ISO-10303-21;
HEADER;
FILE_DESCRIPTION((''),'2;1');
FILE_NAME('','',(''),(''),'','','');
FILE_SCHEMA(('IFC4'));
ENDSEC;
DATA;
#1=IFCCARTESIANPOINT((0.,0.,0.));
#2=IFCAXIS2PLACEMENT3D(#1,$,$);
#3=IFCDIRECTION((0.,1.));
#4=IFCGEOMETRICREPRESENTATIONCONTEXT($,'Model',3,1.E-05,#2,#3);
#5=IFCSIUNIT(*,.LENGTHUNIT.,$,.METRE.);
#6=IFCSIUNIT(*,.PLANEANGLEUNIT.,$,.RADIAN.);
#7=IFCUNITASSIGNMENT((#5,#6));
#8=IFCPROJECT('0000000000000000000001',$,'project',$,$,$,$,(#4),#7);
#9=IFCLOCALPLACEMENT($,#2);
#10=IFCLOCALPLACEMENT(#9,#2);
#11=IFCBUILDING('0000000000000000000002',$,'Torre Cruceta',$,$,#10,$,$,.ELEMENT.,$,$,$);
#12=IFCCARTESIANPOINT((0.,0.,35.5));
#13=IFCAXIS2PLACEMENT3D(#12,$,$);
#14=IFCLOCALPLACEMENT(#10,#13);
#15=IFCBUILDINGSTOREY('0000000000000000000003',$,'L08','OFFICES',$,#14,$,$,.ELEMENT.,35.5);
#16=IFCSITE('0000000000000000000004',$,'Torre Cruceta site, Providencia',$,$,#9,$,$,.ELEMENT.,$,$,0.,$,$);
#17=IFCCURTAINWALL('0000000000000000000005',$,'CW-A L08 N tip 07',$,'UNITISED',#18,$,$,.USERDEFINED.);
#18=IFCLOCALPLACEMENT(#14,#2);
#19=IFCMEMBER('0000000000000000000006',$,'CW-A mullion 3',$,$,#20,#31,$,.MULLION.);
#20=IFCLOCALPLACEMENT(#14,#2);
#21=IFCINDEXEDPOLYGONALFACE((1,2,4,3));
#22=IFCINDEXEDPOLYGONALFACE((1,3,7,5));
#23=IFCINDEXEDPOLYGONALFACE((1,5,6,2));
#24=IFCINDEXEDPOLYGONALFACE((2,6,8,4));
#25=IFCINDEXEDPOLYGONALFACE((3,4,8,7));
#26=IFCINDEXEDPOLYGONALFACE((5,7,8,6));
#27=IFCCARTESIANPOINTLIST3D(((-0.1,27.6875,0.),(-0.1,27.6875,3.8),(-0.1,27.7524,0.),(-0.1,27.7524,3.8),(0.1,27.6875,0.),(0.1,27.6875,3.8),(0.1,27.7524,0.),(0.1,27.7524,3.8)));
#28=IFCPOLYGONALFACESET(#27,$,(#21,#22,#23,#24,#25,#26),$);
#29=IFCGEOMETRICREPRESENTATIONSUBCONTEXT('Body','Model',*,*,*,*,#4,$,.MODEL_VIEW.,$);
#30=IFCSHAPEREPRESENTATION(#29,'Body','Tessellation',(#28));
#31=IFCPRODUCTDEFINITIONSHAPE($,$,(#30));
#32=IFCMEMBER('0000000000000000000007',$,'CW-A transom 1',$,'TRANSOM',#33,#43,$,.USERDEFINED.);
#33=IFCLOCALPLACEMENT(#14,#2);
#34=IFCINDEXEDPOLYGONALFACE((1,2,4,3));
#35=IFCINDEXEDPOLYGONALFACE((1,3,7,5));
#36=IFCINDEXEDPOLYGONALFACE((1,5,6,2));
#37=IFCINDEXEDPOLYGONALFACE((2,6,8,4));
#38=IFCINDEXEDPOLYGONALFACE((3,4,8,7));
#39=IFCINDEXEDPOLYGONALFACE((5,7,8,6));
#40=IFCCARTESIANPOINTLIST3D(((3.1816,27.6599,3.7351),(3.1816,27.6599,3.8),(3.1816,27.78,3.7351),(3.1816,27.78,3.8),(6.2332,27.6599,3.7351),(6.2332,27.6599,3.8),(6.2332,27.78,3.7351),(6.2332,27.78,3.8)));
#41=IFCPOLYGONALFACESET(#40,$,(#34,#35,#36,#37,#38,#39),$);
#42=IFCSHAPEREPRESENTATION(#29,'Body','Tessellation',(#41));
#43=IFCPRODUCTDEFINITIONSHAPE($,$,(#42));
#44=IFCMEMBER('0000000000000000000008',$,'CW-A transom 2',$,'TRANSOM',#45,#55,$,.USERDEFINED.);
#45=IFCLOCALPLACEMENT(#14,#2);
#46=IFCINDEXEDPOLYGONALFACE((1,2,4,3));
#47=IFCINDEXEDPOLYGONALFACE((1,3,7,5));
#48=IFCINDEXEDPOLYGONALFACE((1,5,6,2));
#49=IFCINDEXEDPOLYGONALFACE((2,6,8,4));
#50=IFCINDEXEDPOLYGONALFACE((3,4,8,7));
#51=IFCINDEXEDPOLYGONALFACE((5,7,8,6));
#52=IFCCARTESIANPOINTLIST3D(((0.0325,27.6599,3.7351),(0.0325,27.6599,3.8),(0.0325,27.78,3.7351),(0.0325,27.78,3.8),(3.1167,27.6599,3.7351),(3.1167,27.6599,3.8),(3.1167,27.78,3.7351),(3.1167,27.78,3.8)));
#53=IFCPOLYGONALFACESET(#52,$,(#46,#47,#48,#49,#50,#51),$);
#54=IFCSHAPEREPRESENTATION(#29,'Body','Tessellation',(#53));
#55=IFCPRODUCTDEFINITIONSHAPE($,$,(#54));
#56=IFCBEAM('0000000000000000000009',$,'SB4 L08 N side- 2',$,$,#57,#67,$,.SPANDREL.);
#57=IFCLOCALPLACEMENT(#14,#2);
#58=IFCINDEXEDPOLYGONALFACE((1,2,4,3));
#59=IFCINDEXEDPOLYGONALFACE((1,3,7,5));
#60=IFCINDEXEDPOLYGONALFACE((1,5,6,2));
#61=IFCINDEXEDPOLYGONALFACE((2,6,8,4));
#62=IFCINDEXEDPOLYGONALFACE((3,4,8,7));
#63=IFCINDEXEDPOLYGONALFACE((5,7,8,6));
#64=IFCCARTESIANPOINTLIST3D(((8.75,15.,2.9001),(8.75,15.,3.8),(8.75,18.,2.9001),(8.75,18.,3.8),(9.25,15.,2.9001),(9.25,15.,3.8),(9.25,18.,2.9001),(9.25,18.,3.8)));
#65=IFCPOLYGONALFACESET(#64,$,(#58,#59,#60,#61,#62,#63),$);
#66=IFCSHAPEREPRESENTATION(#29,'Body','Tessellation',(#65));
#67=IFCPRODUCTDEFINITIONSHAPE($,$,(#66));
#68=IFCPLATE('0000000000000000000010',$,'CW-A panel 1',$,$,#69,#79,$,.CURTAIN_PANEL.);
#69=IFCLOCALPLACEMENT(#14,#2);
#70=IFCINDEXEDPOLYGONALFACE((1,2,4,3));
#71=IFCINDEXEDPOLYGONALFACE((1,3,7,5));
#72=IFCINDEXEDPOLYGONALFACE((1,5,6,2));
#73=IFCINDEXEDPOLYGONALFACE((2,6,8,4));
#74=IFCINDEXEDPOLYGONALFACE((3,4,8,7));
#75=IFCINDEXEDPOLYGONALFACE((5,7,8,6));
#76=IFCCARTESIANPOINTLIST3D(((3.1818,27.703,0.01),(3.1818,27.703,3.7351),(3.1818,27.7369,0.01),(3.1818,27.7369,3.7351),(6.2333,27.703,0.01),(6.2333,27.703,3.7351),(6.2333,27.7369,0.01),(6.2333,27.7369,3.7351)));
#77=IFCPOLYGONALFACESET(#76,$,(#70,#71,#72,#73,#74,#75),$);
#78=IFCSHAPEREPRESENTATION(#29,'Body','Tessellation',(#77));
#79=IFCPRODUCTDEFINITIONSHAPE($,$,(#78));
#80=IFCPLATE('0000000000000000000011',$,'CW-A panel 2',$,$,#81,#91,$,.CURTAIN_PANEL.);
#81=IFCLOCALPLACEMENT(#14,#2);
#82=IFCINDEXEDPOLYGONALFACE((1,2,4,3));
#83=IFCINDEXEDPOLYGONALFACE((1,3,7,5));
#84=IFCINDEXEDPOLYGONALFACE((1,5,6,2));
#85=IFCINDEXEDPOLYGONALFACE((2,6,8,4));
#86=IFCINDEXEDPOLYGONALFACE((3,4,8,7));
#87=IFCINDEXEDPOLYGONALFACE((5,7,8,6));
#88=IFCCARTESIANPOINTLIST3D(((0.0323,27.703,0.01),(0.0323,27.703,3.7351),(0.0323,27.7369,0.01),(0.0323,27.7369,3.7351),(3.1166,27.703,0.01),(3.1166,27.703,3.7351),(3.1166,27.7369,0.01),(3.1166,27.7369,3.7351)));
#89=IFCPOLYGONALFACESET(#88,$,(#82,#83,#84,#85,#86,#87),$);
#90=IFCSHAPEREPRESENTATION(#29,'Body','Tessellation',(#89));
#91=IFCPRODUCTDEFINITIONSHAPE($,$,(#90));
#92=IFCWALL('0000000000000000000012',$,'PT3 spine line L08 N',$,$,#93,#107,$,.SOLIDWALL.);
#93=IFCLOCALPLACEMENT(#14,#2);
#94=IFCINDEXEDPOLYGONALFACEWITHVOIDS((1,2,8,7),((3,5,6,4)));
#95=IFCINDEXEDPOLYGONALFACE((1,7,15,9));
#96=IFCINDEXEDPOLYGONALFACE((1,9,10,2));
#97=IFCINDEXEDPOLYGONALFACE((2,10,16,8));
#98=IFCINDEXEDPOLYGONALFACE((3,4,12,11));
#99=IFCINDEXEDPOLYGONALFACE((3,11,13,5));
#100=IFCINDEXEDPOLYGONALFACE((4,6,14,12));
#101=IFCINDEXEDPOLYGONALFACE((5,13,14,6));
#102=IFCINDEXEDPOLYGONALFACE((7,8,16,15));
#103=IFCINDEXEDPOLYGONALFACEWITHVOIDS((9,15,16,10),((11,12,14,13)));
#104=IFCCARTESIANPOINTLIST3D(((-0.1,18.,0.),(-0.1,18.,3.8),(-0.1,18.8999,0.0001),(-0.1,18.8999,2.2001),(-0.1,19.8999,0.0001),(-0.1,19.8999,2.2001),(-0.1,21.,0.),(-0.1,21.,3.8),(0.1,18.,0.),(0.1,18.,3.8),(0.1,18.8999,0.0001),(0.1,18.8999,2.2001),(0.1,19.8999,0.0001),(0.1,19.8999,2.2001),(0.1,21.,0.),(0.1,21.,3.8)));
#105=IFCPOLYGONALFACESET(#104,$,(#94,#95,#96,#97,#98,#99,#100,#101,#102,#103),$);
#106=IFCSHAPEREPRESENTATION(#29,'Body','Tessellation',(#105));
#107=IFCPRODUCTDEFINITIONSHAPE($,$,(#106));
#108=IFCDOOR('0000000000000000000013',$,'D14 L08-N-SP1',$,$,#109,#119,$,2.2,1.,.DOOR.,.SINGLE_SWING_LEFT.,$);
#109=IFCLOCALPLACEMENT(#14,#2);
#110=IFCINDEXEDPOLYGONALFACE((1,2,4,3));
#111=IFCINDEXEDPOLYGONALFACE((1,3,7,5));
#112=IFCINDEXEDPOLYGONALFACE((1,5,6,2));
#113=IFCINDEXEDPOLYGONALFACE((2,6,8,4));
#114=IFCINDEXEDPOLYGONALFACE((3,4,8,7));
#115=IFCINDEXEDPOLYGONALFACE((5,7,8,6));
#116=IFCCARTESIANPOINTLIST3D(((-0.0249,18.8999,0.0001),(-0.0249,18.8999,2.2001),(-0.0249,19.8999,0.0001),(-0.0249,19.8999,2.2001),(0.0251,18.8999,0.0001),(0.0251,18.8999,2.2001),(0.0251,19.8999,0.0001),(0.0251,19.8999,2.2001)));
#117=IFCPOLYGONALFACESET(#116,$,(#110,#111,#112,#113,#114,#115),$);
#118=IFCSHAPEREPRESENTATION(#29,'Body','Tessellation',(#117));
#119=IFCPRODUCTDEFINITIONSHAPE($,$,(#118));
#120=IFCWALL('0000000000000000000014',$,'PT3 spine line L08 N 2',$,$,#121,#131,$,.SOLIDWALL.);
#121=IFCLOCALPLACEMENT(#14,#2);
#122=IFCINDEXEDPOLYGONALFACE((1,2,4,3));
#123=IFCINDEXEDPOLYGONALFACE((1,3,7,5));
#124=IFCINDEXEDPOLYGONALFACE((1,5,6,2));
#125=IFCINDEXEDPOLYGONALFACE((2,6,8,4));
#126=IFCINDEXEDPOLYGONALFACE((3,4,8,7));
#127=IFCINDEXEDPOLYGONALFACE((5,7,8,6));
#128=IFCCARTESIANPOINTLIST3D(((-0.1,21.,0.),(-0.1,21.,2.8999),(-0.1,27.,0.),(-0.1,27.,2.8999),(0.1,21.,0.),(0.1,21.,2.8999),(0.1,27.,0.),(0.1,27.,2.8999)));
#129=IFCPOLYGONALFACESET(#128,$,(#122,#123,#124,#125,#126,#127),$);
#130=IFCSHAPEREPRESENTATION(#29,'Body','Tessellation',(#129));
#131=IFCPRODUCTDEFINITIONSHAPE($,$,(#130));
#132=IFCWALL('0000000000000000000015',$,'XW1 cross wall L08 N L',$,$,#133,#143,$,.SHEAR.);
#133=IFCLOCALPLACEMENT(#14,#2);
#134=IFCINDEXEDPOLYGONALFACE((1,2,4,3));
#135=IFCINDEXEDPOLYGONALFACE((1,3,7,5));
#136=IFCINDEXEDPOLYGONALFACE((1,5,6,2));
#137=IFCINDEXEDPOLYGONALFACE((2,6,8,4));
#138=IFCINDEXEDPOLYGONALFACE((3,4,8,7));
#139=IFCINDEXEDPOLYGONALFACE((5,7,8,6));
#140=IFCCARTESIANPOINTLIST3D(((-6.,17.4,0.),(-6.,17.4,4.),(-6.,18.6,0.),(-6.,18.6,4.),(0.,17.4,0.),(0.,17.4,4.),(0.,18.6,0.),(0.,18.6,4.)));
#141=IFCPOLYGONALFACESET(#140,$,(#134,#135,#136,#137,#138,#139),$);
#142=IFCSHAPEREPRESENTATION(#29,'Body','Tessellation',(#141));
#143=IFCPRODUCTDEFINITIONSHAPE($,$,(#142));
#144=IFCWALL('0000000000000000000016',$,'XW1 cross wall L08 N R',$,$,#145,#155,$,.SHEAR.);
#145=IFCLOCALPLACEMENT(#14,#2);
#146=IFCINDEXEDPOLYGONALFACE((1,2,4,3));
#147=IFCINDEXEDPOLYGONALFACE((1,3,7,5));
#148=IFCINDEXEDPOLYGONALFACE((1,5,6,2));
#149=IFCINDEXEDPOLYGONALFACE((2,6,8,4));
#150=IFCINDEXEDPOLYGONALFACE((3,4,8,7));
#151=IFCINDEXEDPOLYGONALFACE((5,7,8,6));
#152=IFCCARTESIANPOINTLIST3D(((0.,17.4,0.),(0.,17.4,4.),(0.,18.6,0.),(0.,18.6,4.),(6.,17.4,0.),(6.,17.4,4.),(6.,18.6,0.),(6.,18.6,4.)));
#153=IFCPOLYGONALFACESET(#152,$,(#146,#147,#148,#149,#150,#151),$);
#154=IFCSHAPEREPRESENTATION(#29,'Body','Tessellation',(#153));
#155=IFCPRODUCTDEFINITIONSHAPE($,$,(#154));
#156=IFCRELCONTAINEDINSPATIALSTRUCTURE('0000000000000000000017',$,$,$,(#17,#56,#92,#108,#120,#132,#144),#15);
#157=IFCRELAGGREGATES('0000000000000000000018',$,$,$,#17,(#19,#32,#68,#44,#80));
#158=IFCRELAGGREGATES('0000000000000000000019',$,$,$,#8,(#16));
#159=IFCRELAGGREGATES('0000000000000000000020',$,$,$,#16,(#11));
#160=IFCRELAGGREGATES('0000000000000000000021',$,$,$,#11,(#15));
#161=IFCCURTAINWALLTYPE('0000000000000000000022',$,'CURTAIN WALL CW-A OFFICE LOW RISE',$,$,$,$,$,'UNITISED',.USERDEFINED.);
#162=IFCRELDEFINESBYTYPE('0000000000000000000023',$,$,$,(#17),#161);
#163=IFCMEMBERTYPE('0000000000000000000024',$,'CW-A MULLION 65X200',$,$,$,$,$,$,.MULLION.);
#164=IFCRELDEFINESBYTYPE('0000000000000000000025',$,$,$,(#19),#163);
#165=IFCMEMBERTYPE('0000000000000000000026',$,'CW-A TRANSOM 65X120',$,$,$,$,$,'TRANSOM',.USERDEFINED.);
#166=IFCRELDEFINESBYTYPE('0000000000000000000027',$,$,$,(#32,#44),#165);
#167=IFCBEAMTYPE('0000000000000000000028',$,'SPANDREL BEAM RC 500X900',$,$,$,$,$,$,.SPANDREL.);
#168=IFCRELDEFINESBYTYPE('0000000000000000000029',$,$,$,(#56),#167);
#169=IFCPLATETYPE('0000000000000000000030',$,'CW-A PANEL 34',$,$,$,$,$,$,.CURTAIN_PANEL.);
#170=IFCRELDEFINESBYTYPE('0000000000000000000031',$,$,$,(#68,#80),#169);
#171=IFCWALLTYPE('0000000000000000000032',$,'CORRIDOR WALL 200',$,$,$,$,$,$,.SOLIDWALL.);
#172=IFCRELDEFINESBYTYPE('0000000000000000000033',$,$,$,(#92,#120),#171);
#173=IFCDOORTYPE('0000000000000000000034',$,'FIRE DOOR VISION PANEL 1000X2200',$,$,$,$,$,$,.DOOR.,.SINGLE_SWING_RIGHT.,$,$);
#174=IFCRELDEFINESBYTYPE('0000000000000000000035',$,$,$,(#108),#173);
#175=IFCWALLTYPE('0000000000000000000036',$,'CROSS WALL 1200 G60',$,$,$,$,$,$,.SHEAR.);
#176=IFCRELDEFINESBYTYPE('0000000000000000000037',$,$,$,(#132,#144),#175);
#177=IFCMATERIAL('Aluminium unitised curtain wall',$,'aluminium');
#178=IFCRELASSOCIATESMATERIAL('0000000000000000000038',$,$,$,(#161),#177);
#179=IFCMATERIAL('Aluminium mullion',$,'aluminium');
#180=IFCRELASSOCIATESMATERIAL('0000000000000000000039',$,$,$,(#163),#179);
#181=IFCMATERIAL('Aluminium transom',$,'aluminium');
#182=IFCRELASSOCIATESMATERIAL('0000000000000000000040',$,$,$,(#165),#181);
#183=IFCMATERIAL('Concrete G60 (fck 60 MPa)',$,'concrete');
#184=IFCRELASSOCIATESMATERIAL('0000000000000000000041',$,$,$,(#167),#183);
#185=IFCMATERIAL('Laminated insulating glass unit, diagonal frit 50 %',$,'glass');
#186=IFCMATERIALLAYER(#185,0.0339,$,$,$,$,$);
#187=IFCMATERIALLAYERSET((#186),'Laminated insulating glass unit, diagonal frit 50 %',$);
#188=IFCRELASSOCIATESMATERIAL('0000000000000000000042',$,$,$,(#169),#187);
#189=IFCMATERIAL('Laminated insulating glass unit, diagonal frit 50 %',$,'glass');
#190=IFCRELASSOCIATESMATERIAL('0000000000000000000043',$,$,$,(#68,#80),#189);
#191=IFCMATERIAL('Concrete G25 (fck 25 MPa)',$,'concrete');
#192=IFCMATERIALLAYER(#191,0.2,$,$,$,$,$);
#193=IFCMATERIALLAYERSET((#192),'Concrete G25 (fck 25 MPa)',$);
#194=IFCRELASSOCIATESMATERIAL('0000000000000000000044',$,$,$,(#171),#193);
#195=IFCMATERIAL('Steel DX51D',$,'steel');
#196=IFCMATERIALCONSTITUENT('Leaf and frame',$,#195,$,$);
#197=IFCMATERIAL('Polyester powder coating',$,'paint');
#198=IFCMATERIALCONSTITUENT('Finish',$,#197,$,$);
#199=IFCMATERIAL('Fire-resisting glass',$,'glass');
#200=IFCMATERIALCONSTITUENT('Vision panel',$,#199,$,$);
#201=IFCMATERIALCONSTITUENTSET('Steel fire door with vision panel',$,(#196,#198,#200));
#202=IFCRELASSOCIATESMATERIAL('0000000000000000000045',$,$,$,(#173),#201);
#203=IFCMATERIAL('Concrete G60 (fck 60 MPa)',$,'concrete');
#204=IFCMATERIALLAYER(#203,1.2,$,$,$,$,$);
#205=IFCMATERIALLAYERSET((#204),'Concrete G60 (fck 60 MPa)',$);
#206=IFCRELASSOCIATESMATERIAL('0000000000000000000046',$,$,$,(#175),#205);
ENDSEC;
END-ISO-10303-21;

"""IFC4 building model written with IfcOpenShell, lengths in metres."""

from ifc_helpers import new_model, si_unit, direction, frame, frame_2d, origin, origin_2d, place, context, subcontext, project, spatial, rectangle, extrude, material, layer, layer_set, constituent, constituent_set, material_profile, profile_set, type_object, element, fill, aggregate, save


model = new_model("IFC4")

# Units and contexts
model_context = context("Model", 3, precision=1e-05, world=origin(), true_north=direction((0.0, 1.0)))
body_context = subcontext(model_context, "Body", "Model", "MODEL_VIEW")
ifc_project = project(units=[si_unit("LENGTHUNIT", "METRE"), si_unit("PLANEANGLEUNIT", "RADIAN")], contexts=[model_context])

# Site, building, storey
site_placement = place(None, origin())
site = spatial("IfcSite", under=ifc_project, at=site_placement, Name="Torre Cruceta site, Providencia", CompositionType="ELEMENT", RefElevation=0.0)
building_placement = place(site_placement, origin())
building = spatial("IfcBuilding", under=site, at=building_placement, Name="Torre Cruceta", CompositionType="ELEMENT")
storey_placement = place(building_placement, frame((0.0, 0.0, 35.5)))
storey = spatial("IfcBuildingStorey", under=building, at=storey_placement, Name="L08", Description="OFFICES", CompositionType="ELEMENT", Elevation=35.5)

# Curtain wall, members
ifc_material_1 = material(Name="Aluminium unitised curtain wall", Category="aluminium")
curtain_wall_type = type_object("IfcCurtainWallType", Name="CURTAIN WALL CW-A OFFICE LOW RISE", ElementType="UNITISED", PredefinedType="USERDEFINED", material=ifc_material_1)
curtain_wall_placement = place(storey_placement, origin())
curtain_wall = element("IfcCurtainWall", 1, at=curtain_wall_placement, inside=storey, type_object=curtain_wall_type, Name="CW-A L08 N tip 07", ObjectType="UNITISED", PredefinedType="USERDEFINED")
ifc_material_2 = material(Name="Aluminium mullion", Category="aluminium")
ifc_material_profile_1 = material_profile(ifc_material_2, rectangle(XDim=0.0649, YDim=0.2, at=origin_2d()), Name="AL 65X200")
ifc_profile_set_1 = profile_set([ifc_material_profile_1], Name="Aluminium mullion")
member_type_1 = type_object("IfcMemberType", Name="CW-A MULLION 65X200", PredefinedType="MULLION", material=ifc_profile_set_1)
member_1_placement = place(storey_placement, frame((0.0, 27.72, 0.0), z_axis=(0.0, 0.0, 1.0), x_axis=(0.0, -1.0, 0.0)))
member_1 = element("IfcMember", 2, at=member_1_placement, type_object=member_type_1, Name="CW-A mullion 3", PredefinedType="MULLION", context=body_context, shape_type="SweptSolid", body=[
    extrude(rectangle(XDim=0.0649, YDim=0.2, at=origin_2d()), origin(), (0.0, 0.0, 1.0), 3.8),
])
ifc_material_3 = material(Name="Aluminium transom", Category="aluminium")
ifc_material_profile_2 = material_profile(ifc_material_3, rectangle(XDim=0.1201, YDim=0.0649, at=origin_2d()), Name="AL 120X65")
ifc_profile_set_2 = profile_set([ifc_material_profile_2], Name="Aluminium transom")
member_type_2 = type_object("IfcMemberType", Name="CW-A TRANSOM 65X120", ElementType="TRANSOM", PredefinedType="USERDEFINED", material=ifc_profile_set_2)
member_2_placement = place(storey_placement, frame((6.2332, 27.72, 3.7676), z_axis=(-1.0, 0.0, 0.0), x_axis=(0.0, -1.0, 0.0)))
member_2 = element("IfcMember", 3, at=member_2_placement, type_object=member_type_2, Name="CW-A transom 1", ObjectType="TRANSOM", PredefinedType="USERDEFINED", context=body_context, shape_type="SweptSolid", body=[
    extrude(rectangle(XDim=0.1201, YDim=0.0649, at=origin_2d()), origin(), (0.0, 0.0, 1.0), 3.0515),
])
member_3_placement = place(storey_placement, frame((3.1167, 27.72, 3.7676), z_axis=(-1.0, 0.0, 0.0), x_axis=(0.0, -1.0, 0.0)))
member_3 = element("IfcMember", 4, at=member_3_placement, type_object=member_type_2, Name="CW-A transom 2", ObjectType="TRANSOM", PredefinedType="USERDEFINED", context=body_context, shape_type="SweptSolid", body=[
    extrude(rectangle(XDim=0.1201, YDim=0.0649, at=origin_2d()), origin(), (0.0, 0.0, 1.0), 3.0842),
])

# Beam
ifc_material_4 = material(Name="Concrete G60 (fck 60 MPa)", Category="concrete")
ifc_material_profile_3 = material_profile(ifc_material_4, rectangle(XDim=0.5, YDim=0.8999, at=origin_2d()), Name="RC 500X900")
ifc_profile_set_3 = profile_set([ifc_material_profile_3], Name="Concrete G60 (fck 60 MPa)")
beam_type_1 = type_object("IfcBeamType", Name="SPANDREL BEAM RC 500X900", PredefinedType="SPANDREL", material=ifc_profile_set_3)
beam_placement = place(storey_placement, frame((9.0, 15.0, 3.3501), z_axis=(0.0, 1.0, 0.0), x_axis=(-1.0, 0.0, 0.0)))
element("IfcBeam", 5, at=beam_placement, inside=storey, type_object=beam_type_1, Name="SB4 L08 N side- 2", PredefinedType="SPANDREL", context=body_context, shape_type="SweptSolid", body=[
    extrude(rectangle(XDim=0.5, YDim=0.8999, at=origin_2d()), origin(), (0.0, 0.0, 1.0), 3.0),
])

# Plates
ifc_material_5 = material(Name="Laminated insulating glass unit, diagonal frit 50 %", Category="glass")
ifc_material_6 = material(Name="Laminated insulating glass unit, diagonal frit 50 %", Category="glass")
ifc_layer_1 = layer(ifc_material_6, 0.0339)
ifc_layer_set_1 = layer_set([ifc_layer_1], Name="Laminated insulating glass unit, diagonal frit 50 %")
plate_type = type_object("IfcPlateType", Name="CW-A PANEL 34", PredefinedType="CURTAIN_PANEL", material=ifc_layer_set_1)
plate_1_placement = place(storey_placement, frame((4.7075, 27.72, 0.01), z_axis=(0.0, 0.0, 1.0), x_axis=(-1.0, 0.0, 0.0)))
plate_1 = element("IfcPlate", 6, at=plate_1_placement, type_object=plate_type, material=ifc_material_5, Name="CW-A panel 1", PredefinedType="CURTAIN_PANEL", context=body_context, shape_type="SweptSolid", body=[
    extrude(rectangle(XDim=3.0515, YDim=0.0339, at=origin_2d()), origin(), (0.0, 0.0, 1.0), 3.7251),
])
plate_2_placement = place(storey_placement, frame((1.5745, 27.72, 0.01), z_axis=(0.0, 0.0, 1.0), x_axis=(-1.0, 0.0, 0.0)))
plate_2 = element("IfcPlate", 7, at=plate_2_placement, type_object=plate_type, material=ifc_material_5, Name="CW-A panel 2", PredefinedType="CURTAIN_PANEL", context=body_context, shape_type="SweptSolid", body=[
    extrude(rectangle(XDim=3.0842, YDim=0.0339, at=origin_2d()), origin(), (0.0, 0.0, 1.0), 3.7251),
])
aggregate(curtain_wall, [member_1, member_2, plate_1, member_3, plate_2])

# Wall, opening, door
ifc_material_7 = material(Name="Concrete G25 (fck 25 MPa)", Category="concrete")
ifc_layer_2 = layer(ifc_material_7, 0.2)
ifc_layer_set_2 = layer_set([ifc_layer_2], Name="Concrete G25 (fck 25 MPa)")
wall_type_1 = type_object("IfcWallType", Name="CORRIDOR WALL 200", PredefinedType="SOLIDWALL", material=ifc_layer_set_2)
wall_1_placement = place(storey_placement, frame((0.0, 18.0, 0.0), z_axis=(0.0, 0.0, 1.0), x_axis=(0.0, 1.0, 0.0)))
wall_1 = element("IfcWall", 8, at=wall_1_placement, inside=storey, type_object=wall_type_1, Name="PT3 spine line L08 N", PredefinedType="SOLIDWALL", context=body_context, shape_type="SweptSolid", body=[
    extrude(rectangle(XDim=3.0, YDim=0.2, at=frame_2d((1.5, 0.0))), origin(), (0.0, 0.0, 1.0), 3.8),
])
opening_placement = place(wall_1_placement, frame((0.8999, 0.0, 0.0)))
opening = element("IfcOpeningElement", 9, at=opening_placement, cuts=wall_1, PredefinedType="OPENING", context=body_context, shape_type="SweptSolid", body=[
    extrude(rectangle(XDim=1.0, YDim=2.2, at=frame_2d((0.5, 1.1001))), frame((0.0, 0.1099, 0.0), z_axis=(0.0, -1.0, 0.0), x_axis=(1.0, 0.0, 0.0)), (0.0, 0.0, 1.0), 0.22),
])
ifc_material_8 = material(Name="Steel DX51D", Category="steel")
ifc_constituent_1 = constituent(ifc_material_8, Name="Leaf and frame")
ifc_material_9 = material(Name="Polyester powder coating", Category="paint")
ifc_constituent_2 = constituent(ifc_material_9, Name="Finish")
ifc_material_10 = material(Name="Fire-resisting glass", Category="glass")
ifc_constituent_3 = constituent(ifc_material_10, Name="Vision panel")
ifc_constituent_set = constituent_set(constituents=[ifc_constituent_1, ifc_constituent_2, ifc_constituent_3], Name="Steel fire door with vision panel")
door_type = type_object("IfcDoorType", Name="FIRE DOOR VISION PANEL 1000X2200", OperationType="SINGLE_SWING_RIGHT", PredefinedType="DOOR", material=ifc_constituent_set)
door_placement = place(opening_placement, origin())
door = element("IfcDoor", 10, at=door_placement, inside=storey, type_object=door_type, Name="D14 L08-N-SP1", OperationType="SINGLE_SWING_LEFT", OverallHeight=2.2, OverallWidth=1.0, PredefinedType="DOOR", context=body_context, shape_type="SweptSolid", body=[
    extrude(rectangle(XDim=1.0, YDim=2.2, at=frame_2d((0.5, 1.1001))), frame((0.0, 0.0249, 0.0), z_axis=(0.0, -1.0, 0.0), x_axis=(1.0, 0.0, 0.0)), (0.0, 0.0, 1.0), 0.05),
])
fill(opening, door)

# Walls
wall_2_placement = place(storey_placement, frame((0.0, 21.0, 0.0), z_axis=(0.0, 0.0, 1.0), x_axis=(0.0, 1.0, 0.0)))
element("IfcWall", 11, at=wall_2_placement, inside=storey, type_object=wall_type_1, Name="PT3 spine line L08 N 2", PredefinedType="SOLIDWALL", context=body_context, shape_type="SweptSolid", body=[
    extrude(rectangle(XDim=6.0, YDim=0.2, at=frame_2d((3.0, 0.0))), origin(), (0.0, 0.0, 1.0), 2.8999),
])
ifc_material_11 = material(Name="Concrete G60 (fck 60 MPa)", Category="concrete")
ifc_layer_3 = layer(ifc_material_11, 1.2)
ifc_layer_set_3 = layer_set([ifc_layer_3], Name="Concrete G60 (fck 60 MPa)")
wall_type_2 = type_object("IfcWallType", Name="CROSS WALL 1200 G60", PredefinedType="SHEAR", material=ifc_layer_set_3)
for number, where, z_axis, x_axis, name in (
    (12, (0.0, 18.0, 0.0), (0.0, 0.0, 1.0), (-1.0, 0.0, 0.0), "XW1 cross wall L08 N L"),
    (13, (0.0, 18.0, 0.0), (0.0, 0.0, 1.0), (1.0, 0.0, 0.0), "XW1 cross wall L08 N R"),
):
    element("IfcWall", number, at=place(storey_placement, frame(where, z_axis=z_axis, x_axis=x_axis)), inside=storey, type_object=wall_type_2, Name=name, PredefinedType="SHEAR", context=body_context, shape_type="SweptSolid", body=[
        extrude(rectangle(XDim=6.0, YDim=1.2, at=frame_2d((3.0, 0.0))), origin(), (0.0, 0.0, 1.0), 4.0),
    ])

save(model, "model.ifc")
